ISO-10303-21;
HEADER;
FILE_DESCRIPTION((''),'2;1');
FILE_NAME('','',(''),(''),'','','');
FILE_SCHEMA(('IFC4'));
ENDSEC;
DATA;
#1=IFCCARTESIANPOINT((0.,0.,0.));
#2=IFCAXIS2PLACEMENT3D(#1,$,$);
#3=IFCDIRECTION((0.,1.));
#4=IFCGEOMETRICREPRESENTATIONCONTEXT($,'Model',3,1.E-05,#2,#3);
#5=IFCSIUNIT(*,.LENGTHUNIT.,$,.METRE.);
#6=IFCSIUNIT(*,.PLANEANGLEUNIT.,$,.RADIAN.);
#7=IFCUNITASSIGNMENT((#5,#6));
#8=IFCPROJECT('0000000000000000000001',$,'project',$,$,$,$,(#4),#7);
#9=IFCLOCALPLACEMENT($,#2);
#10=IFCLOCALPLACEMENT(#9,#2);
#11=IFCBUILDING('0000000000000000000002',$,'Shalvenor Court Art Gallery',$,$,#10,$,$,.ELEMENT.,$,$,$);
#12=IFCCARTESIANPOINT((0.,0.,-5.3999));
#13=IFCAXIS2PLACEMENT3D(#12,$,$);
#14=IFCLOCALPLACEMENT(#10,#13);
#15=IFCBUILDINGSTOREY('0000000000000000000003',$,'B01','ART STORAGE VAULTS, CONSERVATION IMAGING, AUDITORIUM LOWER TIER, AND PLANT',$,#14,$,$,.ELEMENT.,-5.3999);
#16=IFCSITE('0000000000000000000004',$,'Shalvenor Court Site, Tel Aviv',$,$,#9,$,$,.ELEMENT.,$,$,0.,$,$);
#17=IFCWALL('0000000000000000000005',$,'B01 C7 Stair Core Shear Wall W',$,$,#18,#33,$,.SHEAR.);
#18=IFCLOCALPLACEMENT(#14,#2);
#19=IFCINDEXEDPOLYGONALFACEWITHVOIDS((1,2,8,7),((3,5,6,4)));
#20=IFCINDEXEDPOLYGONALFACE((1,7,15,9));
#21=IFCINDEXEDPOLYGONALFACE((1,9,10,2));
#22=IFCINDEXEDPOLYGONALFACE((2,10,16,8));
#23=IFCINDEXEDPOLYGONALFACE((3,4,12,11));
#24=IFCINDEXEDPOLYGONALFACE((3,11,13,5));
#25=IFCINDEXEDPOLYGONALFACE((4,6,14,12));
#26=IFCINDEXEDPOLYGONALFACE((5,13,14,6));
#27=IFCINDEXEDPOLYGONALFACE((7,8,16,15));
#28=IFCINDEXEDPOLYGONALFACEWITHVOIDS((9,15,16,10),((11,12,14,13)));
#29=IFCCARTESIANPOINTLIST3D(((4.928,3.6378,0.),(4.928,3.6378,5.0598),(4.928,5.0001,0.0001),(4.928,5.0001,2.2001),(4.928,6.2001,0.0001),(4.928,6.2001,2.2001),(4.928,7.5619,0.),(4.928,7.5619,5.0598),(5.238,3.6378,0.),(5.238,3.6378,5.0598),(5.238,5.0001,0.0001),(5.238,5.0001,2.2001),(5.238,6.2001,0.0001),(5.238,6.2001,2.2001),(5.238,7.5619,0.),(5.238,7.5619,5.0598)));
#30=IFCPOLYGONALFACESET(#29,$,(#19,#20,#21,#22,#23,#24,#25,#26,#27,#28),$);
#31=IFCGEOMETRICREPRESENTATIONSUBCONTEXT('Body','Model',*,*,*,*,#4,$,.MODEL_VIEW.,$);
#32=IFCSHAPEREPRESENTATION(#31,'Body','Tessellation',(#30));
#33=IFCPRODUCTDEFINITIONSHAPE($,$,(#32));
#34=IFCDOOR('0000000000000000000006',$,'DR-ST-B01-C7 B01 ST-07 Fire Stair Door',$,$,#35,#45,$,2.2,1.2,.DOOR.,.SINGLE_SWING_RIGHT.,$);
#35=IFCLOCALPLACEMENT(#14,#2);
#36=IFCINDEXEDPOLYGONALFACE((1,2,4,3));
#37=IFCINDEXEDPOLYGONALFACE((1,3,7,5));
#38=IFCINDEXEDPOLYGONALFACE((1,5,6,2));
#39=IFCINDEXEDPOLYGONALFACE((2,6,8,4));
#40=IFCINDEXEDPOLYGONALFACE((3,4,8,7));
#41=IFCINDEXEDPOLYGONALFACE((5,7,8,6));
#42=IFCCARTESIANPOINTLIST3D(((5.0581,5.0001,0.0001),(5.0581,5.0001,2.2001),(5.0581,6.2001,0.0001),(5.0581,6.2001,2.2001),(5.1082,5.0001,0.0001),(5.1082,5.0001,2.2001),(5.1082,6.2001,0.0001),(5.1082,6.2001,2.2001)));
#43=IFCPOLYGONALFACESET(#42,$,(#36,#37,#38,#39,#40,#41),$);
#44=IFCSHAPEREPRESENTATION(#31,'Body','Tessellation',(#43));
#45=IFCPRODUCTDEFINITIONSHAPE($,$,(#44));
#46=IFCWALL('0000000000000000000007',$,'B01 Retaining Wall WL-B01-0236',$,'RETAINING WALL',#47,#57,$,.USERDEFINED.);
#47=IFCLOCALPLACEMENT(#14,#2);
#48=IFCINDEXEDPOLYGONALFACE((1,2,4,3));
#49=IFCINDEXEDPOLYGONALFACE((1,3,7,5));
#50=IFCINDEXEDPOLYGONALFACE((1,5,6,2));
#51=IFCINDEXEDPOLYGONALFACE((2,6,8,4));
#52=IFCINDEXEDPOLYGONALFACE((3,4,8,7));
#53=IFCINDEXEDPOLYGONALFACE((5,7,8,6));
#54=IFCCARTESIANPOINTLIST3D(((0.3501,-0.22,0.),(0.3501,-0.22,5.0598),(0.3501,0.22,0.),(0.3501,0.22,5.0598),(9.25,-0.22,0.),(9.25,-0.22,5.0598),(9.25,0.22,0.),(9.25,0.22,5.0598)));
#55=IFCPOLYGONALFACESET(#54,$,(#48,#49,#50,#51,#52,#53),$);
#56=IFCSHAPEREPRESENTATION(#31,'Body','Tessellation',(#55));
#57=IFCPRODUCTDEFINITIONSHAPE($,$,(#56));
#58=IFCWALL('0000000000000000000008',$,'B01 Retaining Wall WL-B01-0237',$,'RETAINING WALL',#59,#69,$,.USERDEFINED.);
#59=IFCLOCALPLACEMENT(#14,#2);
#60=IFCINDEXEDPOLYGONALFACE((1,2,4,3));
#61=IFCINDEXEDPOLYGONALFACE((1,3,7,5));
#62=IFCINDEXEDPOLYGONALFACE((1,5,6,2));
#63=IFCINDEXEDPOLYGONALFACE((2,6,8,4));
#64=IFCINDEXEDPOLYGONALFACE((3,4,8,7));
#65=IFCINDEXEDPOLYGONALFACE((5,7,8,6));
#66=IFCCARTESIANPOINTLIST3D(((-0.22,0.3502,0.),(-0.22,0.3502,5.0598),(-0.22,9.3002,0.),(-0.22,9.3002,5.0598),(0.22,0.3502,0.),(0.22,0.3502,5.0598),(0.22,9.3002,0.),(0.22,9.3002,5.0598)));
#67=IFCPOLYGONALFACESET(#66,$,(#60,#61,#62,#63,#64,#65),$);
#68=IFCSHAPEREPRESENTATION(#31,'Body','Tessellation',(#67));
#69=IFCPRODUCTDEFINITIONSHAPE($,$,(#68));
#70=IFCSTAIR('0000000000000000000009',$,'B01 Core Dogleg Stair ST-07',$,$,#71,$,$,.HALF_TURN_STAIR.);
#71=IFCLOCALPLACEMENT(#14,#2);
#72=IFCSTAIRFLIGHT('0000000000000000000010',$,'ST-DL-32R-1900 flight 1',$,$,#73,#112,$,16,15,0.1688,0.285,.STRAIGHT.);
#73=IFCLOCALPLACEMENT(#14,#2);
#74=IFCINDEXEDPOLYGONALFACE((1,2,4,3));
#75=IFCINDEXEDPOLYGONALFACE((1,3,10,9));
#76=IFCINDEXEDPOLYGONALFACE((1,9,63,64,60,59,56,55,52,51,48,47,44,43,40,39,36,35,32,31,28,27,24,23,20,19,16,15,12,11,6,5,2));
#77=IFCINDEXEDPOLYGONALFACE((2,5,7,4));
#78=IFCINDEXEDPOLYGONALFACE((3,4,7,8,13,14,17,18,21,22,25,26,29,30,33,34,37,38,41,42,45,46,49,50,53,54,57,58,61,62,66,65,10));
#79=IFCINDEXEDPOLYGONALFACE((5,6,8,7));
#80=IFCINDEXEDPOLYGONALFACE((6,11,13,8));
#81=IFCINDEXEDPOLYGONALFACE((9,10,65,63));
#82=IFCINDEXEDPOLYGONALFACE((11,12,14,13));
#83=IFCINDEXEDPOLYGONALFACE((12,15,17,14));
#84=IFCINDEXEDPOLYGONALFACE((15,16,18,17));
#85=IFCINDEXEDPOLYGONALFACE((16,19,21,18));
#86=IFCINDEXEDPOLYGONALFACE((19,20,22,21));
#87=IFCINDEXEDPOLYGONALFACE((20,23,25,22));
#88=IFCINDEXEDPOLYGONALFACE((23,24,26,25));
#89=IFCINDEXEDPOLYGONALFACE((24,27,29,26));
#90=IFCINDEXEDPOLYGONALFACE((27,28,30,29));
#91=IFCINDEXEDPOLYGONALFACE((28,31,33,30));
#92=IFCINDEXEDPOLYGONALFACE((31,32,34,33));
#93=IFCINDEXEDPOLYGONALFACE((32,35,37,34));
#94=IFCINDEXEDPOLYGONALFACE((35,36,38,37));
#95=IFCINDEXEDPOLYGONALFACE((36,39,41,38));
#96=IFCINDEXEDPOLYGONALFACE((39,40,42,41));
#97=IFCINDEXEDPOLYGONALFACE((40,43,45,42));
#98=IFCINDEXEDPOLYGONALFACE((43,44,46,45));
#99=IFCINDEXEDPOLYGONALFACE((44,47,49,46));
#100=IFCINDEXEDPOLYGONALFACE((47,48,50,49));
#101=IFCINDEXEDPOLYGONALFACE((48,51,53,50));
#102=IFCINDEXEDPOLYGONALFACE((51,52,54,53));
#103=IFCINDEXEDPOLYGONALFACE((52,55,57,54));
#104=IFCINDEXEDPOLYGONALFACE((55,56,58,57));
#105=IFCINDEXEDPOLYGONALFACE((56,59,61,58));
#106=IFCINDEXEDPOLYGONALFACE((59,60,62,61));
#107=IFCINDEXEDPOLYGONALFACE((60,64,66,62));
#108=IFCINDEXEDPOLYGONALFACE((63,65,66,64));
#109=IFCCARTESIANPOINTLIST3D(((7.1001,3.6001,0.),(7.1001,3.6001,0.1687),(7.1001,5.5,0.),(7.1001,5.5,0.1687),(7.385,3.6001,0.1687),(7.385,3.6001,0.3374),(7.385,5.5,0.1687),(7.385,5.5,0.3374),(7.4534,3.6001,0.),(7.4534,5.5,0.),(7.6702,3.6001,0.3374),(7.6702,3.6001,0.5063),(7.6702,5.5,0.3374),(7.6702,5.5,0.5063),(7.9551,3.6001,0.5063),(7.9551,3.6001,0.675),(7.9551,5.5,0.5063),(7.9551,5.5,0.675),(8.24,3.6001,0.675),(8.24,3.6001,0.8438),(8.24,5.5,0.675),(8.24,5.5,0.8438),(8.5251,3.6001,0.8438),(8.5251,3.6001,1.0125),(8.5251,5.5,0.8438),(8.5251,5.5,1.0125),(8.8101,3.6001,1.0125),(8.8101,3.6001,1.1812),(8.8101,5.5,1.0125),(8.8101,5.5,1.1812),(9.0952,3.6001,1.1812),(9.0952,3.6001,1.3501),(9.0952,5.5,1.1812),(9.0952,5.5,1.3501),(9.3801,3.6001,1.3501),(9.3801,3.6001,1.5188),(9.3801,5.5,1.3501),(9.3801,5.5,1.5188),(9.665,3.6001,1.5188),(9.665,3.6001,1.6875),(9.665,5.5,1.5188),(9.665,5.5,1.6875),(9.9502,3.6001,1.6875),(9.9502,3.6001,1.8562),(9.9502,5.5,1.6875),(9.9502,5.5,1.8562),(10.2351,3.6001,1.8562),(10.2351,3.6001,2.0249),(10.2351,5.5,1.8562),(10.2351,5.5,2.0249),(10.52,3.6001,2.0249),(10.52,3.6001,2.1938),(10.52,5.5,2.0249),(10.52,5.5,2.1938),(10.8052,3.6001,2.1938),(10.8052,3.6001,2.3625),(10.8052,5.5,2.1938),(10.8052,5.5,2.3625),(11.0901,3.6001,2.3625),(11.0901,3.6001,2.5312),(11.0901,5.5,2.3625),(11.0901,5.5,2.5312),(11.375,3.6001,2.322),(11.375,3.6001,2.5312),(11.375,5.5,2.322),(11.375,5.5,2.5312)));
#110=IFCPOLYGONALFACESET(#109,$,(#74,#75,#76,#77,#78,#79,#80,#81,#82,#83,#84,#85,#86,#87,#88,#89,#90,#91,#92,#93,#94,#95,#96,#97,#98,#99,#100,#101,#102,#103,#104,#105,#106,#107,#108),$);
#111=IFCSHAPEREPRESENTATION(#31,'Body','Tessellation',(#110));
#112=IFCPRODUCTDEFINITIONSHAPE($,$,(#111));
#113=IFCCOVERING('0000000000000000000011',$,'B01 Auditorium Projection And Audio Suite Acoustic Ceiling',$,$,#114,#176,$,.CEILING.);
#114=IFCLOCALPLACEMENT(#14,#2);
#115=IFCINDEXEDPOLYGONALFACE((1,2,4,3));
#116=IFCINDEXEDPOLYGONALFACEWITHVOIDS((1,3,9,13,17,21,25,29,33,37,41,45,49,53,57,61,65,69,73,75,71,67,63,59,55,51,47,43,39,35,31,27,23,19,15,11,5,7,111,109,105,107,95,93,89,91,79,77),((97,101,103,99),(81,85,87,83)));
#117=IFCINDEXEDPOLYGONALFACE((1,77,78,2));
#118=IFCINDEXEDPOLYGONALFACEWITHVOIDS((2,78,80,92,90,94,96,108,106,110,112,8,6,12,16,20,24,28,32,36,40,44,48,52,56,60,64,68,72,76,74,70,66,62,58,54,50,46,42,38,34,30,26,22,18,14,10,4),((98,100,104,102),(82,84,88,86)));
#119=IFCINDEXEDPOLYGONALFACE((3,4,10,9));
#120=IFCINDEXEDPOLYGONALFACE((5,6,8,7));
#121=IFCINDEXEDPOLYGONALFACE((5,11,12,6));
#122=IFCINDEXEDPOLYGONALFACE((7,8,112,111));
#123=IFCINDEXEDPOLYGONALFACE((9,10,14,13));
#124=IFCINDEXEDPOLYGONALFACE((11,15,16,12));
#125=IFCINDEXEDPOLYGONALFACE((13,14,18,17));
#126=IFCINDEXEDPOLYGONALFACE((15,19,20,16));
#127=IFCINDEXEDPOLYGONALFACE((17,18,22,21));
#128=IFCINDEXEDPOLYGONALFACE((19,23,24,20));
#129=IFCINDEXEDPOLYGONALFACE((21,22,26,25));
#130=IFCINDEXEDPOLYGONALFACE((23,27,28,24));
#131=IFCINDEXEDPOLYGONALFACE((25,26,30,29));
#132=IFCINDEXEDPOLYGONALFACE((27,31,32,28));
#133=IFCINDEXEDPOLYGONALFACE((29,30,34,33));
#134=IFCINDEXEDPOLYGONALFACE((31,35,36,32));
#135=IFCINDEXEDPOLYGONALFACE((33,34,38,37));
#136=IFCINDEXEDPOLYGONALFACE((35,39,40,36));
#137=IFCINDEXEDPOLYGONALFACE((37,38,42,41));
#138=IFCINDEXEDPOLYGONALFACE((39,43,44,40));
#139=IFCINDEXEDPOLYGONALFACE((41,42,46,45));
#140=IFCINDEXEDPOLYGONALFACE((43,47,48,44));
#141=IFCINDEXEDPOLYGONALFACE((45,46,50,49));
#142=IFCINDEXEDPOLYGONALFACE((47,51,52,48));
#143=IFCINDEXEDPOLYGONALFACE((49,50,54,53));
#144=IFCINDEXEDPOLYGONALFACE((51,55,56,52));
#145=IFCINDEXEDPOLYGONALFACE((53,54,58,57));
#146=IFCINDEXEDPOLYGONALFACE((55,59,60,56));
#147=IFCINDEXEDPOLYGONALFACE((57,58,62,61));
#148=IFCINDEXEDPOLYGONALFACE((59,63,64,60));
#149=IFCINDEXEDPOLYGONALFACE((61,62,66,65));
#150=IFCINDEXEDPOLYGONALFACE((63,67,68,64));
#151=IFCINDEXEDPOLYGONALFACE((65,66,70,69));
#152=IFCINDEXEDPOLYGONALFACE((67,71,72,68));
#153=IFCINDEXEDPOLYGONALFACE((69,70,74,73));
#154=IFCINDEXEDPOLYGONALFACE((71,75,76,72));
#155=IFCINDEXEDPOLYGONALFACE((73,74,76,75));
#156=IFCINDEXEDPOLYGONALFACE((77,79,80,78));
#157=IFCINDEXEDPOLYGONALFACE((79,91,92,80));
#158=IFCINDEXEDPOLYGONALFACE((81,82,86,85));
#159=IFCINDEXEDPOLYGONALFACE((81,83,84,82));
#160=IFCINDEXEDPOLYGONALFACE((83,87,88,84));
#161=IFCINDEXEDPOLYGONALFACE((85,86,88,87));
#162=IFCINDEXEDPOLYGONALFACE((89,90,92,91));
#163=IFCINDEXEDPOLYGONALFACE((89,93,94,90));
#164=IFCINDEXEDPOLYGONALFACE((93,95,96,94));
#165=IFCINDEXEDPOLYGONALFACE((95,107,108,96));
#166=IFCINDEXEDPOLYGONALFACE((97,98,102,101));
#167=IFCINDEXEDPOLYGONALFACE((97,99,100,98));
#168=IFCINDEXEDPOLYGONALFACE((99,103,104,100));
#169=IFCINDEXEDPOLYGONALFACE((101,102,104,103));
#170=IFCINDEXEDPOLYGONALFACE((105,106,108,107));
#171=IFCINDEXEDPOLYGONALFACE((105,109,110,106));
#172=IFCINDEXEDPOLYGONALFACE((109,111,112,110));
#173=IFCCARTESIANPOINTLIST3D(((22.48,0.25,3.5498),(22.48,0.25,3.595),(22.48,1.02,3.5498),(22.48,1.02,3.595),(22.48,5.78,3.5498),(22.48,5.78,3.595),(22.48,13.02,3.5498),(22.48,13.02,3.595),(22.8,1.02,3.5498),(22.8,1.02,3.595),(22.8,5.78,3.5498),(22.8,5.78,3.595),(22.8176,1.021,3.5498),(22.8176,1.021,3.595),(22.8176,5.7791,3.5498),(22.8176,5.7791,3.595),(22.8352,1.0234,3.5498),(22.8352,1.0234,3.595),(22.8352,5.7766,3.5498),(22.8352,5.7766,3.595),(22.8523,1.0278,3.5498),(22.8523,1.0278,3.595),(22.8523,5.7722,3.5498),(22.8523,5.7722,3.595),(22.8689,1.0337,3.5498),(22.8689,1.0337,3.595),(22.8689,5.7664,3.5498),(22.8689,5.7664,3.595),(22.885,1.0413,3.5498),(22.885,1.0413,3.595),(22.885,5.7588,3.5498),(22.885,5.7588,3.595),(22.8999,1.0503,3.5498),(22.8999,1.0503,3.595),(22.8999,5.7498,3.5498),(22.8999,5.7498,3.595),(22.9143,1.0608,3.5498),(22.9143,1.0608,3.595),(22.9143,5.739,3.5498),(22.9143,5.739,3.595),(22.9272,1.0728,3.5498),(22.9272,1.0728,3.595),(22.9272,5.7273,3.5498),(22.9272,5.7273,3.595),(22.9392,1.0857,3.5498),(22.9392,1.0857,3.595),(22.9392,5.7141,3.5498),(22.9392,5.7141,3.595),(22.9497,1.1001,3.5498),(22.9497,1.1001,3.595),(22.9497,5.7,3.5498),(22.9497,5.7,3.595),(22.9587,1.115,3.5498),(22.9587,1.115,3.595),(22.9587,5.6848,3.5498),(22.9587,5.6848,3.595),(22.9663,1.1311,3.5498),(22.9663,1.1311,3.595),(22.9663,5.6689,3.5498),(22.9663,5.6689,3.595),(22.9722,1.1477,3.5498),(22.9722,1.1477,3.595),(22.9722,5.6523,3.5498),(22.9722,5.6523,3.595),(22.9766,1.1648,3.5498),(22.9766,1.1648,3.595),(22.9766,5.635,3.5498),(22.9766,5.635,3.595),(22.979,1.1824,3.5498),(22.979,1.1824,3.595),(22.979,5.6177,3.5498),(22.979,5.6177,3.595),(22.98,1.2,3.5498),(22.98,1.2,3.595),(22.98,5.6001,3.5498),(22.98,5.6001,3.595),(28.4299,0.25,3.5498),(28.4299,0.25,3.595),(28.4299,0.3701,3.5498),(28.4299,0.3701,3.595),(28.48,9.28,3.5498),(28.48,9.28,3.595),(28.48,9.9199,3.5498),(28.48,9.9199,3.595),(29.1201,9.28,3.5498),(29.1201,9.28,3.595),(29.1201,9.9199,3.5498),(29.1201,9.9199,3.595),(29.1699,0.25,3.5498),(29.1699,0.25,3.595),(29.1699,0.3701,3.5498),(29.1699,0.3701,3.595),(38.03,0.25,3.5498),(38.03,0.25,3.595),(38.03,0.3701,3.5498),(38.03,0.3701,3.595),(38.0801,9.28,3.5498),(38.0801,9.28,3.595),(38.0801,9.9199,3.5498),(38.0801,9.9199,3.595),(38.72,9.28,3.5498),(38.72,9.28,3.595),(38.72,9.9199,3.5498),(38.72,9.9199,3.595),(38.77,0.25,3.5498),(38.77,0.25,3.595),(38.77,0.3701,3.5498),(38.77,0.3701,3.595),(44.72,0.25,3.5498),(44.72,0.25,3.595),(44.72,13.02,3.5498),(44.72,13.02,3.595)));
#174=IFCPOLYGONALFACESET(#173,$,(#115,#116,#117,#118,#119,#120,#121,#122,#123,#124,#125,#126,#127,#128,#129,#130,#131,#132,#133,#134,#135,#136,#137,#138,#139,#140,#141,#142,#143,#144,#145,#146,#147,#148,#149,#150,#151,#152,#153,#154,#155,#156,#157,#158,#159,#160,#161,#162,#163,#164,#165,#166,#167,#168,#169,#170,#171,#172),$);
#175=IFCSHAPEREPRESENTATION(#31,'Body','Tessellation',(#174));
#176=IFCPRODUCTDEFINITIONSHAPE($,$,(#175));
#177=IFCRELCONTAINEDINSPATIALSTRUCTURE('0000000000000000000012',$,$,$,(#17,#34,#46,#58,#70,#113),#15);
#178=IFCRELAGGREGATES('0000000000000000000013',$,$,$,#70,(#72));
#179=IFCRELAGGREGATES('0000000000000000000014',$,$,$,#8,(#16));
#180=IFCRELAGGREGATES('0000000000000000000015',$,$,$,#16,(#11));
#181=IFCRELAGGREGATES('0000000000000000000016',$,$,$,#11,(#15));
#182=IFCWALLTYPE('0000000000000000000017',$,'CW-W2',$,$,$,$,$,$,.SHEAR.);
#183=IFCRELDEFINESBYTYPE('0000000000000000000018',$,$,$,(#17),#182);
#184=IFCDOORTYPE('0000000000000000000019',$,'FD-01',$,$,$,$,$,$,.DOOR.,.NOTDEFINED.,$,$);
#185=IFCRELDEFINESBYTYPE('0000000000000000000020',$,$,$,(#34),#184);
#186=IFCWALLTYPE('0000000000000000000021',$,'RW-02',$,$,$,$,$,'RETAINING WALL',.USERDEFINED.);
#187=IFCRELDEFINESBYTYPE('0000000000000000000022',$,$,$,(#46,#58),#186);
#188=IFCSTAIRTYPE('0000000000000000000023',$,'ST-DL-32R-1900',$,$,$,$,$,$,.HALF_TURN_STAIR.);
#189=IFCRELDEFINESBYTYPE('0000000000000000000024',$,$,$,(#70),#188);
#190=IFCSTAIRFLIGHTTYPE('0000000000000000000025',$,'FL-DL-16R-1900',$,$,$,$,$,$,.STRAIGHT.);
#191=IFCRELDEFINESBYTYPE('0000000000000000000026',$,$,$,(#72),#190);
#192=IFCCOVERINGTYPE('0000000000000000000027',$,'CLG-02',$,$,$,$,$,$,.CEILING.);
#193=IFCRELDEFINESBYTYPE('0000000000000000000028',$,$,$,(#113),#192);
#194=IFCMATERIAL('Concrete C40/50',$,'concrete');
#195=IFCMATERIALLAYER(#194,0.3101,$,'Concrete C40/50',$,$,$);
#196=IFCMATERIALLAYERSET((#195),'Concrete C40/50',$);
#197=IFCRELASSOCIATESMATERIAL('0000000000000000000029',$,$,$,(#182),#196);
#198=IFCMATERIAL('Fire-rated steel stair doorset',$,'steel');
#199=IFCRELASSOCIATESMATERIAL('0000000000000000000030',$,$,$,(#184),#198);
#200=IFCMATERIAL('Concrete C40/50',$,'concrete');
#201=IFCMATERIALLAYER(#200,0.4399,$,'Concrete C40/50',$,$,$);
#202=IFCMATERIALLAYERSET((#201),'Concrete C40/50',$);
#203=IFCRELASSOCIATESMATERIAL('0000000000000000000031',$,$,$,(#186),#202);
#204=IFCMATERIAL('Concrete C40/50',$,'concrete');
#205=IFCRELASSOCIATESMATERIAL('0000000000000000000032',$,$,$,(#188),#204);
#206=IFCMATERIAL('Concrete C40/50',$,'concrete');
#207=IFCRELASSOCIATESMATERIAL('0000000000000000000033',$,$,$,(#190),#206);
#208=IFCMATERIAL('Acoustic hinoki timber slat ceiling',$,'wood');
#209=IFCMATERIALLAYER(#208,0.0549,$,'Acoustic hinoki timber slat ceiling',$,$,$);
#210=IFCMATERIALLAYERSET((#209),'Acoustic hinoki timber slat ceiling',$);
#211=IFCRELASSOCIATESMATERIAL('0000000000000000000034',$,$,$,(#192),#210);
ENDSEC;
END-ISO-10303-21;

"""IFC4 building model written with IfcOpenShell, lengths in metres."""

from ifc_helpers import new_model, si_unit, direction, frame, frame_2d, origin, place, context, subcontext, project, spatial, polyline, rectangle, outline, extrude, material, layer, layer_set, type_object, element, fill, aggregate, save


model = new_model("IFC4")

# Units and contexts
model_context = context("Model", 3, precision=1e-05, world=origin(), true_north=direction((0.0, 1.0)))
body_context = subcontext(model_context, "Body", "Model", "MODEL_VIEW")
ifc_project = project(units=[si_unit("LENGTHUNIT", "METRE"), si_unit("PLANEANGLEUNIT", "RADIAN")], contexts=[model_context])

# Site, building, storey
site_placement = place(None, origin())
site = spatial("IfcSite", under=ifc_project, at=site_placement, Name="Shalvenor Court Site, Tel Aviv", CompositionType="ELEMENT", RefElevation=0.0)
building_placement = place(site_placement, origin())
building = spatial("IfcBuilding", under=site, at=building_placement, Name="Shalvenor Court Art Gallery", CompositionType="ELEMENT")
storey_placement = place(building_placement, frame((0.0, 0.0, -5.3999)))
storey = spatial("IfcBuildingStorey", under=building, at=storey_placement, Name="B01", Description="ART STORAGE VAULTS, CONSERVATION IMAGING, AUDITORIUM LOWER TIER, AND PLANT", CompositionType="ELEMENT", Elevation=-5.3999)

# Shared definitions
ifc_material_1 = material(Name="Concrete C40/50", Category="concrete")
ifc_layer_1 = layer(ifc_material_1, 0.3101, Name="Concrete C40/50")
ifc_layer_set_1 = layer_set([ifc_layer_1], Name="Concrete C40/50")
wall_type_1 = type_object("IfcWallType", Name="CW-W2", PredefinedType="SHEAR", material=ifc_layer_set_1)

# Wall, opening, door
wall_1_placement = place(storey_placement, frame((5.083, 3.6379, 0.0), z_axis=(0.0, 0.0, 1.0), x_axis=(0.0, 1.0, 0.0)))
wall_1 = element("IfcWall", 1, at=wall_1_placement, inside=storey, type_object=wall_type_1, Name="B01 C7 Stair Core Shear Wall W", PredefinedType="SHEAR", context=body_context, shape_type="SweptSolid", body=[
    extrude(rectangle(XDim=3.9241, YDim=0.3101, at=frame_2d((1.9619, 0.0))), origin(), (0.0, 0.0, 1.0), 5.0598),
])
opening_placement = place(wall_1_placement, frame((1.3621, 0.0, 0.0)))
opening = element("IfcOpeningElement", 2, at=opening_placement, cuts=wall_1, PredefinedType="OPENING", context=body_context, shape_type="SweptSolid", body=[
    extrude(rectangle(XDim=1.2, YDim=2.2, at=frame_2d((0.6001, 1.1001))), frame((0.0, 0.165, 0.0), z_axis=(0.0, -1.0, 0.0), x_axis=(1.0, 0.0, 0.0)), (0.0, 0.0, 1.0), 0.3301),
])
ifc_material_2 = material(Name="Fire-rated steel stair doorset", Category="steel")
door_type = type_object("IfcDoorType", Name="FD-01", OperationType="NOTDEFINED", PredefinedType="DOOR", material=ifc_material_2)
door_placement = place(opening_placement, origin())
door = element("IfcDoor", 3, at=door_placement, inside=storey, type_object=door_type, Name="DR-ST-B01-C7 B01 ST-07 Fire Stair Door", OperationType="SINGLE_SWING_RIGHT", OverallHeight=2.2, OverallWidth=1.2, PredefinedType="DOOR", context=body_context, shape_type="SweptSolid", body=[
    extrude(rectangle(XDim=1.2, YDim=2.2, at=frame_2d((0.6001, 1.1001))), frame((0.0, 0.0249, 0.0), z_axis=(0.0, -1.0, 0.0), x_axis=(1.0, 0.0, 0.0)), (0.0, 0.0, 1.0), 0.05),
])
fill(opening, door)

# Walls
ifc_material_3 = material(Name="Concrete C40/50", Category="concrete")
ifc_layer_2 = layer(ifc_material_3, 0.4399, Name="Concrete C40/50")
ifc_layer_set_2 = layer_set([ifc_layer_2], Name="Concrete C40/50")
wall_type_2 = type_object("IfcWallType", Name="RW-02", ElementType="RETAINING WALL", PredefinedType="USERDEFINED", material=ifc_layer_set_2)
wall_2_placement = place(storey_placement, frame((9.25, 0.0, 0.0), z_axis=(0.0, 0.0, 1.0), x_axis=(-1.0, 0.0, 0.0)))
element("IfcWall", 4, at=wall_2_placement, inside=storey, type_object=wall_type_2, Name="B01 Retaining Wall WL-B01-0236", ObjectType="RETAINING WALL", PredefinedType="USERDEFINED", context=body_context, shape_type="SweptSolid", body=[
    extrude(rectangle(XDim=8.8999, YDim=0.4399, at=frame_2d((4.45, 0.0))), origin(), (0.0, 0.0, 1.0), 5.0598),
])
wall_3_placement = place(storey_placement, frame((0.0, 0.3501, 0.0), z_axis=(0.0, 0.0, 1.0), x_axis=(0.0, 1.0, 0.0)))
element("IfcWall", 5, at=wall_3_placement, inside=storey, type_object=wall_type_2, Name="B01 Retaining Wall WL-B01-0237", ObjectType="RETAINING WALL", PredefinedType="USERDEFINED", context=body_context, shape_type="SweptSolid", body=[
    extrude(rectangle(XDim=8.95, YDim=0.4399, at=frame_2d((4.4751, 0.0))), origin(), (0.0, 0.0, 1.0), 5.0598),
])

# Stair, stair flight
ifc_material_4 = material(Name="Concrete C40/50", Category="concrete")
stair_type = type_object("IfcStairType", Name="ST-DL-32R-1900", PredefinedType="HALF_TURN_STAIR", material=ifc_material_4)
stair_placement = place(storey_placement, origin())
stair = element("IfcStair", 6, at=stair_placement, inside=storey, type_object=stair_type, Name="B01 Core Dogleg Stair ST-07", PredefinedType="HALF_TURN_STAIR")
ifc_material_5 = material(Name="Concrete C40/50", Category="concrete")
stair_flight_type = type_object("IfcStairFlightType", Name="FL-DL-16R-1900", PredefinedType="STRAIGHT", material=ifc_material_5)
stair_flight_placement = place(storey_placement, frame((7.1001, 4.55, 0.0), z_axis=(0.0, 0.0, 1.0), x_axis=(1.0, 0.0, 0.0)))
stair_flight = element("IfcStairFlight", 7, at=stair_flight_placement, type_object=stair_flight_type, Name="ST-DL-32R-1900 flight 1", NumberOfRisers=16, NumberOfTreads=15, PredefinedType="STRAIGHT", RiserHeight=0.1688, TreadLength=0.285, context=body_context, shape_type="SweptSolid", body=[
    extrude(outline(polyline([(0.0, 0.0), (0.0, 0.1687), (0.2849, 0.1687), (0.2849, 0.3374), (0.5701, 0.3374), (0.5701, 0.5063), (0.855, 0.5063), (0.855, 0.675), (1.1399, 0.675), (1.1399, 0.8438), (1.425, 0.8438), (1.425, 1.0125), (1.71, 1.0125), (1.71, 1.1812), (1.9951, 1.1812), (1.9951, 1.3501), (2.28, 1.3501), (2.28, 1.5188), (2.5649, 1.5188), (2.5649, 1.6875), (2.8501, 1.6875), (2.8501, 1.8562), (3.135, 1.8562), (3.135, 2.0249), (3.4199, 2.0249), (3.4199, 2.1938), (3.7051, 2.1938), (3.7051, 2.3625), (3.99, 2.3625), (3.99, 2.5312), (4.2749, 2.5312), (4.2749, 2.7), (4.2749, 2.322), (0.3533, 0.0), (0.0, 0.0)])), frame((0.0, 0.95, 0.0), z_axis=(0.0, -1.0, 0.0), x_axis=(1.0, 0.0, 0.0)), (0.0, 0.0, 1.0), 1.8999),
])
aggregate(stair, [stair_flight])

# Covering
ifc_material_6 = material(Name="Acoustic hinoki timber slat ceiling", Category="wood")
ifc_layer_3 = layer(ifc_material_6, 0.0549, Name="Acoustic hinoki timber slat ceiling")
ifc_layer_set_3 = layer_set([ifc_layer_3], Name="Acoustic hinoki timber slat ceiling")
covering_type_1 = type_object("IfcCoveringType", Name="CLG-02", PredefinedType="CEILING", material=ifc_layer_set_3)
covering_1_placement = place(storey_placement, frame((0.0, 0.0, 3.5498)))
element("IfcCovering", 8, at=covering_1_placement, inside=storey, type_object=covering_type_1, Name="B01 Auditorium Projection And Audio Suite Acoustic Ceiling", PredefinedType="CEILING", context=body_context, shape_type="SweptSolid", body=[
    extrude(outline(polyline([(22.48, 1.02), (22.8, 1.02), (22.8176, 1.021), (22.8352, 1.0234), (22.8523, 1.0278), (22.8689, 1.0337), (22.885, 1.0413), (22.8999, 1.0503), (22.9143, 1.0608), (22.9272, 1.0728), (22.9392, 1.0857), (22.9497, 1.1001), (22.9587, 1.115), (22.9663, 1.1311), (22.9722, 1.1477), (22.9766, 1.1648), (22.979, 1.1824), (22.98, 1.2), (22.98, 5.6001), (22.979, 5.6177), (22.9766, 5.635), (22.9722, 5.6523), (22.9663, 5.6689), (22.9587, 5.6848), (22.9497, 5.7), (22.9392, 5.7141), (22.9272, 5.7273), (22.9143, 5.739), (22.8999, 5.7498), (22.885, 5.7588), (22.8689, 5.7664), (22.8523, 5.7722), (22.8352, 5.7766), (22.8176, 5.7791), (22.8, 5.78), (22.48, 5.78), (22.48, 13.02), (44.72, 13.02), (44.72, 0.25), (38.77, 0.25), (38.77, 0.3701), (38.03, 0.3701), (38.03, 0.25), (29.1699, 0.25), (29.1699, 0.3701), (28.4299, 0.3701), (28.4299, 0.25), (22.48, 0.25), (22.48, 1.02)]), holes=[polyline([(29.1201, 9.9199), (28.48, 9.9199), (28.48, 9.28), (29.1201, 9.28), (29.1201, 9.9199)]), polyline([(38.72, 9.9199), (38.0801, 9.9199), (38.0801, 9.28), (38.72, 9.28), (38.72, 9.9199)])]), origin(), (0.0, 0.0, 1.0), 0.0452),
])

save(model, "model.ifc")
